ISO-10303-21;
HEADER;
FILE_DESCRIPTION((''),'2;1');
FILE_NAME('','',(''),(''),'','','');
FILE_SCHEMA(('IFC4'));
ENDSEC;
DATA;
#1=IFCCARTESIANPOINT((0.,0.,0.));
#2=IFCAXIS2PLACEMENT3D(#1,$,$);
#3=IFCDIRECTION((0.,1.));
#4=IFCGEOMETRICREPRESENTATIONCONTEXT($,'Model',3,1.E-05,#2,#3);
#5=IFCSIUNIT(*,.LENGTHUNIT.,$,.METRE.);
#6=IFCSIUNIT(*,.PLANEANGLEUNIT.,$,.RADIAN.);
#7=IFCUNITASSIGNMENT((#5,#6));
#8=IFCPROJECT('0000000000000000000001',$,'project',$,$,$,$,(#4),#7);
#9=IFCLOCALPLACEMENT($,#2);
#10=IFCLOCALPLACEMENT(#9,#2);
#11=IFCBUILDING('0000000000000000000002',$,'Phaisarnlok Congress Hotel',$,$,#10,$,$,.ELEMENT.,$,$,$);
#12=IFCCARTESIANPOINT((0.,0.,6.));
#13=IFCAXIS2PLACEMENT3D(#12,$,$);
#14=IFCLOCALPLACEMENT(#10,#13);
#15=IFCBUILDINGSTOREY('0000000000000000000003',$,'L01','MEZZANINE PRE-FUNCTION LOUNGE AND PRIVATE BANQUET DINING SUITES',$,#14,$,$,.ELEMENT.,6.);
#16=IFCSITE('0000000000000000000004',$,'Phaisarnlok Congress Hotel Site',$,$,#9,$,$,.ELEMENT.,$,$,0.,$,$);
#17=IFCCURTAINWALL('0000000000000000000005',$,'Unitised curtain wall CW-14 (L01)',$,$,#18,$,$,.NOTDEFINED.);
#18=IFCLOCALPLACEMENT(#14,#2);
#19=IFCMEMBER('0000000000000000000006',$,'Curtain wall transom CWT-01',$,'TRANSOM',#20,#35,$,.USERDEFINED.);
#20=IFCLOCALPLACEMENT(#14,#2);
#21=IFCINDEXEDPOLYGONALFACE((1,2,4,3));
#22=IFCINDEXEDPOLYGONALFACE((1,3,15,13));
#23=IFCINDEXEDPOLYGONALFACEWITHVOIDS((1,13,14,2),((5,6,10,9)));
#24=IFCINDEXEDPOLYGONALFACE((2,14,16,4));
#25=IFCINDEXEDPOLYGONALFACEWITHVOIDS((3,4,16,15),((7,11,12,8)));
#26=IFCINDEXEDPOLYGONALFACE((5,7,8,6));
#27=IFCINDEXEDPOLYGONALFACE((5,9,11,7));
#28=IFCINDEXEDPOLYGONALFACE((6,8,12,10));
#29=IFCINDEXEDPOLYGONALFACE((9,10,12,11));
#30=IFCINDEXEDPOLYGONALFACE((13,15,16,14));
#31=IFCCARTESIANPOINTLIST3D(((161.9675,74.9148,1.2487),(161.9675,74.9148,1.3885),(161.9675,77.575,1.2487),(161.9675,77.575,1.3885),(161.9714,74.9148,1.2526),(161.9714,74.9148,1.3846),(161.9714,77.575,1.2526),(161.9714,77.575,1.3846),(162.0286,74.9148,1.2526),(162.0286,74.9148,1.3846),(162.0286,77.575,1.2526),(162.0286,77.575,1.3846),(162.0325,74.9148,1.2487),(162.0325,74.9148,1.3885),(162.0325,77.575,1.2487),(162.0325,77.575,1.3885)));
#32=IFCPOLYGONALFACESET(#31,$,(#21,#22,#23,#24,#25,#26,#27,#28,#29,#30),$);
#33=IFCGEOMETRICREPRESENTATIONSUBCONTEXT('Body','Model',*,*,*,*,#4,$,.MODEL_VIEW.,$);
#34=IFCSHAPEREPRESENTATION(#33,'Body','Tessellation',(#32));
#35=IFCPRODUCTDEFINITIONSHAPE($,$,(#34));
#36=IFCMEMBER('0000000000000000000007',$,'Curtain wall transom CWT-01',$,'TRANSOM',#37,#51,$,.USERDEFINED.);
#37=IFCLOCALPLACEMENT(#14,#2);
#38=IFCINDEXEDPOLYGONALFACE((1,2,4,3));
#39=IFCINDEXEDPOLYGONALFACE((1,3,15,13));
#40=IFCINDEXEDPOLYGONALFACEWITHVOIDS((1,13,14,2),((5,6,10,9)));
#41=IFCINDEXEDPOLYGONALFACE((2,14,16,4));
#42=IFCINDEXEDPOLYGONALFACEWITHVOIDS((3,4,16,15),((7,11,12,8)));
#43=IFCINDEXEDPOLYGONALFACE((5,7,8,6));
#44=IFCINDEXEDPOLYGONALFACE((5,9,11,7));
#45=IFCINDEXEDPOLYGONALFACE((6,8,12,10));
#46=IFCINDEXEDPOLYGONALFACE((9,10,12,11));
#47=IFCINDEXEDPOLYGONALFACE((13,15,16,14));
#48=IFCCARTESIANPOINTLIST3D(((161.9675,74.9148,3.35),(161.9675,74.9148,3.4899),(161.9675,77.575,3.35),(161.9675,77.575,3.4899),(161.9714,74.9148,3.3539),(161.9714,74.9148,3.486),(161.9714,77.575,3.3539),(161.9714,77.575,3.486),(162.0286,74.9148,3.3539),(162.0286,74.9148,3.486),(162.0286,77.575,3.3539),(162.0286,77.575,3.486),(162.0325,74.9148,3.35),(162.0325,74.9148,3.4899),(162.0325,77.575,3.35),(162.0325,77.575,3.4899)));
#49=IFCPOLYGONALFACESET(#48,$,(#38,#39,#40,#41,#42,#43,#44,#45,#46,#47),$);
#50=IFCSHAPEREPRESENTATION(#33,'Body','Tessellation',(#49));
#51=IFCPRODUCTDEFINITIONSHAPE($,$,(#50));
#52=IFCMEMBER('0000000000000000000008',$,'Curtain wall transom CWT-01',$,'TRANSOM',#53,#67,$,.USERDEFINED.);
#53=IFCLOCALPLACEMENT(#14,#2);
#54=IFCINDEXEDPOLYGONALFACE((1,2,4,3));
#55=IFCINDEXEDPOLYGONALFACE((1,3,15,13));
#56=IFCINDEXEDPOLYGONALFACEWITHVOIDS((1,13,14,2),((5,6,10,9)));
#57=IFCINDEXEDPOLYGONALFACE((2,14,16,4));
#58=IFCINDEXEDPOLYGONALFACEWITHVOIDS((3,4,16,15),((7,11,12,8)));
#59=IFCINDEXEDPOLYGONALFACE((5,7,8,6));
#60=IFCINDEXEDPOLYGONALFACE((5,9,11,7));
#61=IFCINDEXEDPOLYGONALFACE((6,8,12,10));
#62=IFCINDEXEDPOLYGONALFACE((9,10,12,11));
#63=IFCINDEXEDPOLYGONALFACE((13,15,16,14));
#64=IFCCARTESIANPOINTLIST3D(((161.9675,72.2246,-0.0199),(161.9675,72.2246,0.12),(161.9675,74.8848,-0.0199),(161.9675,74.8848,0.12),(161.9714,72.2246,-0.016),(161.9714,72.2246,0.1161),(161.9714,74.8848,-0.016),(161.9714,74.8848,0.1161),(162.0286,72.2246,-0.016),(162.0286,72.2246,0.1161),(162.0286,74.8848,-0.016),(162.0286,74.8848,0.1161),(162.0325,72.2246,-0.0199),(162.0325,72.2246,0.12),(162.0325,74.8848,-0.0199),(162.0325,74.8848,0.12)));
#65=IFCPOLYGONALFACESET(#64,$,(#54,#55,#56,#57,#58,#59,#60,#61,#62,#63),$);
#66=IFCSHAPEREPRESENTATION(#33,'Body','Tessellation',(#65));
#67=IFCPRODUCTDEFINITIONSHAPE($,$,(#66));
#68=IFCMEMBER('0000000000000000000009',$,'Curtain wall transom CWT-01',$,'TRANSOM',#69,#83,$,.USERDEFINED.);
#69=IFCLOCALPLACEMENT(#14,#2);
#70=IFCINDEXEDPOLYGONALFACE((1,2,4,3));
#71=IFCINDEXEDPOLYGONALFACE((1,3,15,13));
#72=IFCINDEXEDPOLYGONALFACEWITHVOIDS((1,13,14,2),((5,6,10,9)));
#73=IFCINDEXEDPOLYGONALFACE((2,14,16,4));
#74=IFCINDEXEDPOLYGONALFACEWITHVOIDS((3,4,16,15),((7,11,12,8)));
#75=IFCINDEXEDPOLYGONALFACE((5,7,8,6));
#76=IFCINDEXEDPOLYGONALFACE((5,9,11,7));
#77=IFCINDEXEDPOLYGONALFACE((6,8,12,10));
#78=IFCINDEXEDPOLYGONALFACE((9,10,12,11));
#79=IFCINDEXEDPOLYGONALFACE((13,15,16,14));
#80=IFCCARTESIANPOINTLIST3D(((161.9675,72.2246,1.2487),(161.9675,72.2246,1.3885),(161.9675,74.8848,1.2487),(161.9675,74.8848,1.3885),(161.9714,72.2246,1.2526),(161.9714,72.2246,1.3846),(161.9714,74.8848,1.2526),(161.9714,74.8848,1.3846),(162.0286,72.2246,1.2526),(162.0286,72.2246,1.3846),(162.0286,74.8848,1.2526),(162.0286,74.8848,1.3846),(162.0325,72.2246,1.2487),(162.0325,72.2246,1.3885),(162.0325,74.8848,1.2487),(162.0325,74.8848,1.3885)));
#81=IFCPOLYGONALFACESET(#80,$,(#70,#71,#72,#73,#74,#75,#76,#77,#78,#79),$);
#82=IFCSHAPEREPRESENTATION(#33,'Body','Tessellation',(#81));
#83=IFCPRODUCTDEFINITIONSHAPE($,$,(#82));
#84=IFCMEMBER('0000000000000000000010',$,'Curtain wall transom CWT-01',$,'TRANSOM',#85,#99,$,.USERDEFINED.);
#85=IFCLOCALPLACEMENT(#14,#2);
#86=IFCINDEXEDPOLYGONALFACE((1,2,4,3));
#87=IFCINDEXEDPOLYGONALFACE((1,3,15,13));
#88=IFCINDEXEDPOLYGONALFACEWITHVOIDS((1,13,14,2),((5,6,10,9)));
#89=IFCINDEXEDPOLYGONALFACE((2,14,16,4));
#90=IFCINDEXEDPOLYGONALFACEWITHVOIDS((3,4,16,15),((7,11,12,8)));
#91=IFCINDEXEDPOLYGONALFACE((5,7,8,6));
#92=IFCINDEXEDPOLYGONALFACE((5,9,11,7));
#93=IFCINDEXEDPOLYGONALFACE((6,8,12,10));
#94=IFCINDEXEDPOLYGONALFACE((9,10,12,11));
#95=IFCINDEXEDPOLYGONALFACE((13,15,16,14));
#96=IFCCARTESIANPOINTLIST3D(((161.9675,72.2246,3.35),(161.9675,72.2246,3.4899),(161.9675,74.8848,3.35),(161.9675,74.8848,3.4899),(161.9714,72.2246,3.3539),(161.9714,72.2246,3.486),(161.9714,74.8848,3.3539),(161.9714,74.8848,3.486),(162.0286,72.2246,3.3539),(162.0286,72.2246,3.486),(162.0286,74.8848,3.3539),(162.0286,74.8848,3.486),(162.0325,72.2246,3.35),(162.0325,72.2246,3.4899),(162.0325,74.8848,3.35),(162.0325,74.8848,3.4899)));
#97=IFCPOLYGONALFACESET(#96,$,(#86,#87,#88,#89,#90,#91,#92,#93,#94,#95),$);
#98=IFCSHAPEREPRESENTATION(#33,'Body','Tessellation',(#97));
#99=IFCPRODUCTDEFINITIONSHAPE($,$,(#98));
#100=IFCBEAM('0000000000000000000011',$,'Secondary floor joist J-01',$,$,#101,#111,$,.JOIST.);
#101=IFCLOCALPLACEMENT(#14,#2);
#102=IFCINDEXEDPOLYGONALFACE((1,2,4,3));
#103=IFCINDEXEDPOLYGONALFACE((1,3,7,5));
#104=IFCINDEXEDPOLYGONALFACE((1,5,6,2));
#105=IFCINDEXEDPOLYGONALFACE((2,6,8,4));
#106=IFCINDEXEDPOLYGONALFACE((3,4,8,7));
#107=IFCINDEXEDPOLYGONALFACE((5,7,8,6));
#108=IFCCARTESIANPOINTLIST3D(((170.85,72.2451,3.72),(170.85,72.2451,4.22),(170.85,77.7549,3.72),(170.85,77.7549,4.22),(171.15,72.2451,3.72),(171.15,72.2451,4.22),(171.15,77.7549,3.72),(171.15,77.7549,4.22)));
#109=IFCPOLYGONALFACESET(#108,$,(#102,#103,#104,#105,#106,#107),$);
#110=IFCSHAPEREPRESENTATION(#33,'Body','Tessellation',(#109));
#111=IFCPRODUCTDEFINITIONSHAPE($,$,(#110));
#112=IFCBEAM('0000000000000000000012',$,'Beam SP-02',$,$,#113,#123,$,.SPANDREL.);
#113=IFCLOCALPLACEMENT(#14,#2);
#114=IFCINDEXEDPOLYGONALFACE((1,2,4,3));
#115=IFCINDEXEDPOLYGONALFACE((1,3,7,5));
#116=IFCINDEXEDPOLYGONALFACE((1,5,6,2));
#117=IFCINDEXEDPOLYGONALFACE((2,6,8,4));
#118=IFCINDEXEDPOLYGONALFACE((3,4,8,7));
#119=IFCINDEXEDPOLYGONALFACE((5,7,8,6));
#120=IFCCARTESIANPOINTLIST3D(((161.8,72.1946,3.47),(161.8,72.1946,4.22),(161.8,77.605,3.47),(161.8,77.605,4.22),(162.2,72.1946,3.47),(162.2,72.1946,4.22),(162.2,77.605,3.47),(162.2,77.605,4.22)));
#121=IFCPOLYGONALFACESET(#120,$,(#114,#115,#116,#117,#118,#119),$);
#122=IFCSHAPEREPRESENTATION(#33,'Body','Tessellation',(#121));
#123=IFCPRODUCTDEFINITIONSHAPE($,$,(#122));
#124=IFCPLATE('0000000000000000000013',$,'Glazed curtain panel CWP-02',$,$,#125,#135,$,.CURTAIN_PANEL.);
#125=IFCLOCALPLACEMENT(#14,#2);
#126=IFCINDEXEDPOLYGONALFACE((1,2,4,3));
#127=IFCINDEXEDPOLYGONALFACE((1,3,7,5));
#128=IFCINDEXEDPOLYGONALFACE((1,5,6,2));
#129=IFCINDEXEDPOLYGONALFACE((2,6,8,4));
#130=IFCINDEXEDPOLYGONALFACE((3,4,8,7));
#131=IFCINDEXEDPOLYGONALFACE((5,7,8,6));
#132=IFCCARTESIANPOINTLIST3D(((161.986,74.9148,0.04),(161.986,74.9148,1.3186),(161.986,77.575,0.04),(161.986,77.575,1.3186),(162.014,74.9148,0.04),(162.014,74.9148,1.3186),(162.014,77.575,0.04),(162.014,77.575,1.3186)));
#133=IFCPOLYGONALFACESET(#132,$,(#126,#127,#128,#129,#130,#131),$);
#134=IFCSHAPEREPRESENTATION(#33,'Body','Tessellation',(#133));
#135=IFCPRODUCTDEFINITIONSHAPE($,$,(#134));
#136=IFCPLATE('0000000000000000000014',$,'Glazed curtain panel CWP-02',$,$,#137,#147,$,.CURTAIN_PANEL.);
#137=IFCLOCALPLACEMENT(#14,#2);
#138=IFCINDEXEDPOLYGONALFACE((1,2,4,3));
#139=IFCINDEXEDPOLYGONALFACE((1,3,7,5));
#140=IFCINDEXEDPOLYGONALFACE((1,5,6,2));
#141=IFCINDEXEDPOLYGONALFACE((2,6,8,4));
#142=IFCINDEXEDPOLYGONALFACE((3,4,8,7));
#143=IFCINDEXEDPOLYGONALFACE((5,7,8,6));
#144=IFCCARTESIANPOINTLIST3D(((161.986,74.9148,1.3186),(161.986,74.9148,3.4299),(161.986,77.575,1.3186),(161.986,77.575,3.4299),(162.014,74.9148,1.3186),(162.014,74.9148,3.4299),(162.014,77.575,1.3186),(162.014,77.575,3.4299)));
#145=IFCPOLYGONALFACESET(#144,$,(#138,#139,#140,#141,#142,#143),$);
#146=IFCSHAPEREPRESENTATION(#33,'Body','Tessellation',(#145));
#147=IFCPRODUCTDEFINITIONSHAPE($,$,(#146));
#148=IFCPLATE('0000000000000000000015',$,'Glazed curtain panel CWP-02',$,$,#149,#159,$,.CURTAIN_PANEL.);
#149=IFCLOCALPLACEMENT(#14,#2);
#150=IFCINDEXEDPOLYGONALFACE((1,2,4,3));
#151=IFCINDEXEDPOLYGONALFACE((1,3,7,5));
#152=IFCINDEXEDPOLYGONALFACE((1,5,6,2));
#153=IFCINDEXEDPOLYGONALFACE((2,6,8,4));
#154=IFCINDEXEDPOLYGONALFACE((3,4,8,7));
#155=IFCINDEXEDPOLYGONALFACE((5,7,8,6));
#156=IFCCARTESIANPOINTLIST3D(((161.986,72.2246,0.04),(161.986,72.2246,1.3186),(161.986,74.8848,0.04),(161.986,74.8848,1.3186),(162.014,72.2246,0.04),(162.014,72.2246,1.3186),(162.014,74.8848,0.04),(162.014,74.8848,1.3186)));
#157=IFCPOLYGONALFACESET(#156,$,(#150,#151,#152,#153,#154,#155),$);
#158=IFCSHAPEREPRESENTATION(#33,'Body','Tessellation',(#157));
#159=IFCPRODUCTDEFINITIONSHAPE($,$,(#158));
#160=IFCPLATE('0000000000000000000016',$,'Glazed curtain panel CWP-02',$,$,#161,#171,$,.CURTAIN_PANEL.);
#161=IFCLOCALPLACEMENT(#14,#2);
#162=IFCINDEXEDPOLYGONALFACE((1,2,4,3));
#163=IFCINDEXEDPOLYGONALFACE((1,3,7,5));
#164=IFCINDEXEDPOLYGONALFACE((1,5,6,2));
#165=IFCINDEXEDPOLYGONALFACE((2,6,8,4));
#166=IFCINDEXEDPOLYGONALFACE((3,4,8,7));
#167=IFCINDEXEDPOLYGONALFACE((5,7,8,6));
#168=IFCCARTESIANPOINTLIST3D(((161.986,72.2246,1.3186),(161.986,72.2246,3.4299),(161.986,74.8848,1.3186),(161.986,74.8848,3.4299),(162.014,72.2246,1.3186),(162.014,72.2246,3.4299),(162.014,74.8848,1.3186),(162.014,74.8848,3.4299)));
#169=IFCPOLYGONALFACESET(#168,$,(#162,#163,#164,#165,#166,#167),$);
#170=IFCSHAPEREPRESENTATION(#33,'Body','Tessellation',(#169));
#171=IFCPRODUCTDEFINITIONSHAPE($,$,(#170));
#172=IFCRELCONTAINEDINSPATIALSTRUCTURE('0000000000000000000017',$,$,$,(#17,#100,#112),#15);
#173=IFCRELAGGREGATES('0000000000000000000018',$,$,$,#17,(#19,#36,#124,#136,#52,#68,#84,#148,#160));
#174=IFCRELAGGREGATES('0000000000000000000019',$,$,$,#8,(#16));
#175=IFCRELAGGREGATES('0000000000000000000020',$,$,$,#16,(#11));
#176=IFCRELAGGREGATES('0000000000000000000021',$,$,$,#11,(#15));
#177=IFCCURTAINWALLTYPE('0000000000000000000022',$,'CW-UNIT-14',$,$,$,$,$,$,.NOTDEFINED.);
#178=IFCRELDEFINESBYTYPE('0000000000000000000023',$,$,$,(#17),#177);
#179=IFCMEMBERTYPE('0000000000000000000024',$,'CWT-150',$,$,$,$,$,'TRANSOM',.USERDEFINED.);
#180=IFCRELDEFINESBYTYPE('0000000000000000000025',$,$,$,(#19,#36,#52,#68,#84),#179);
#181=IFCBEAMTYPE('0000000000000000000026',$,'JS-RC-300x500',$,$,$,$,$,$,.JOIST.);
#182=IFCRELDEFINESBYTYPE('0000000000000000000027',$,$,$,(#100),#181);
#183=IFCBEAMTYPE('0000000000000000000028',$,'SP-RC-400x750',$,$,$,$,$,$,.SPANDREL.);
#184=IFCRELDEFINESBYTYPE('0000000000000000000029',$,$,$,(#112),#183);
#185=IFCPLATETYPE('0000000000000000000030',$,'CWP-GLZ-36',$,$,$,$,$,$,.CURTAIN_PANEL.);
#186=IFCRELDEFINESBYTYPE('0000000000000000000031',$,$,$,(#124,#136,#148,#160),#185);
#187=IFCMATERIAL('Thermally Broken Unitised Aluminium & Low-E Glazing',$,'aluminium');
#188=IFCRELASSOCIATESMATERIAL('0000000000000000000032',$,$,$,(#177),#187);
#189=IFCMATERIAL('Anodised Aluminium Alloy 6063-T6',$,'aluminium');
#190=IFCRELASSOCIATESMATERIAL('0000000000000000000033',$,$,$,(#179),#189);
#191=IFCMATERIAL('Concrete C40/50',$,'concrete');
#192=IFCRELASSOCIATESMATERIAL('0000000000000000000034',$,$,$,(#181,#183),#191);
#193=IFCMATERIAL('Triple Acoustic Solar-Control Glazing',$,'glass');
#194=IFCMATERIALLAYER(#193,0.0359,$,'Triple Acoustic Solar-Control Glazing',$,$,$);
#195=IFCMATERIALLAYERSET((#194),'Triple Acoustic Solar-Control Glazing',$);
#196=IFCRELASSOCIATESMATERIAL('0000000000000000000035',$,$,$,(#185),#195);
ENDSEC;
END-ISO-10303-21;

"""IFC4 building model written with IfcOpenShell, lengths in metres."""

from ifc_helpers import new_model, si_unit, direction, frame, frame_2d, origin, origin_2d, place, context, subcontext, project, spatial, rectangle, hollow_rectangle, extrude, material, layer, layer_set, material_profile, profile_set, type_object, element, aggregate, save


model = new_model("IFC4")

# Units and contexts
model_context = context("Model", 3, precision=1e-05, world=origin(), true_north=direction((0.0, 1.0)))
body_context = subcontext(model_context, "Body", "Model", "MODEL_VIEW")
ifc_project = project(units=[si_unit("LENGTHUNIT", "METRE"), si_unit("PLANEANGLEUNIT", "RADIAN")], contexts=[model_context])

# Site, building, storey
site_placement = place(None, origin())
site = spatial("IfcSite", under=ifc_project, at=site_placement, Name="Phaisarnlok Congress Hotel Site", CompositionType="ELEMENT", RefElevation=0.0)
building_placement = place(site_placement, origin())
building = spatial("IfcBuilding", under=site, at=building_placement, Name="Phaisarnlok Congress Hotel", CompositionType="ELEMENT")
storey_placement = place(building_placement, frame((0.0, 0.0, 6.0)))
storey = spatial("IfcBuildingStorey", under=building, at=storey_placement, Name="L01", Description="MEZZANINE PRE-FUNCTION LOUNGE AND PRIVATE BANQUET DINING SUITES", CompositionType="ELEMENT", Elevation=6.0)

# Shared definitions
ifc_material_1 = material(Name="Concrete C40/50", Category="concrete")

# Curtain wall, members
ifc_material_2 = material(Name="Thermally Broken Unitised Aluminium & Low-E Glazing", Category="aluminium")
curtain_wall_type = type_object("IfcCurtainWallType", Name="CW-UNIT-14", PredefinedType="NOTDEFINED", material=ifc_material_2)
curtain_wall_placement = place(storey_placement, origin())
curtain_wall = element("IfcCurtainWall", 1, at=curtain_wall_placement, inside=storey, type_object=curtain_wall_type, Name="Unitised curtain wall CW-14 (L01)", PredefinedType="NOTDEFINED")
ifc_material_3 = material(Name="Anodised Aluminium Alloy 6063-T6", Category="aluminium")
ifc_material_profile_1 = material_profile(ifc_material_3, hollow_rectangle(XDim=0.0649, YDim=0.1399, WallThickness=0.0039, at=origin_2d()), Name="ALU-T 65x140x4")
ifc_profile_set_1 = profile_set([ifc_material_profile_1], Name="Anodised Aluminium Alloy 6063-T6")
member_type_1 = type_object("IfcMemberType", Name="CWT-150", ElementType="TRANSOM", PredefinedType="USERDEFINED", material=ifc_profile_set_1)
member_1_placement = place(storey_placement, frame((162.0, 77.575, 1.3186), z_axis=(0.0, -1.0, 0.0), x_axis=(1.0, 0.0, 0.0)))
member_1 = element("IfcMember", 2, at=member_1_placement, type_object=member_type_1, Name="Curtain wall transom CWT-01", ObjectType="TRANSOM", PredefinedType="USERDEFINED", context=body_context, shape_type="SweptSolid", body=[
    extrude(hollow_rectangle(XDim=0.0649, YDim=0.1399, WallThickness=0.0039, at=origin_2d()), origin(), (0.0, 0.0, 1.0), 2.6602),
])
member_2_placement = place(storey_placement, frame((162.0, 77.575, 3.4199), z_axis=(0.0, -1.0, 0.0), x_axis=(1.0, 0.0, 0.0)))
member_2 = element("IfcMember", 3, at=member_2_placement, type_object=member_type_1, Name="Curtain wall transom CWT-01", ObjectType="TRANSOM", PredefinedType="USERDEFINED", context=body_context, shape_type="SweptSolid", body=[
    extrude(hollow_rectangle(XDim=0.0649, YDim=0.1399, WallThickness=0.0039, at=origin_2d()), origin(), (0.0, 0.0, 1.0), 2.6602),
])
member_3_placement = place(storey_placement, frame((162.0, 74.8848, 0.05), z_axis=(0.0, -1.0, 0.0), x_axis=(1.0, 0.0, 0.0)))
member_3 = element("IfcMember", 4, at=member_3_placement, type_object=member_type_1, Name="Curtain wall transom CWT-01", ObjectType="TRANSOM", PredefinedType="USERDEFINED", context=body_context, shape_type="SweptSolid", body=[
    extrude(hollow_rectangle(XDim=0.0649, YDim=0.1399, WallThickness=0.0039, at=origin_2d()), origin(), (0.0, 0.0, 1.0), 2.6602),
])
member_4_placement = place(storey_placement, frame((162.0, 74.8848, 1.3186), z_axis=(0.0, -1.0, 0.0), x_axis=(1.0, 0.0, 0.0)))
member_4 = element("IfcMember", 5, at=member_4_placement, type_object=member_type_1, Name="Curtain wall transom CWT-01", ObjectType="TRANSOM", PredefinedType="USERDEFINED", context=body_context, shape_type="SweptSolid", body=[
    extrude(hollow_rectangle(XDim=0.0649, YDim=0.1399, WallThickness=0.0039, at=origin_2d()), origin(), (0.0, 0.0, 1.0), 2.6602),
])
member_5_placement = place(storey_placement, frame((162.0, 74.8848, 3.4199), z_axis=(0.0, -1.0, 0.0), x_axis=(1.0, 0.0, 0.0)))
member_5 = element("IfcMember", 6, at=member_5_placement, type_object=member_type_1, Name="Curtain wall transom CWT-01", ObjectType="TRANSOM", PredefinedType="USERDEFINED", context=body_context, shape_type="SweptSolid", body=[
    extrude(hollow_rectangle(XDim=0.0649, YDim=0.1399, WallThickness=0.0039, at=origin_2d()), origin(), (0.0, 0.0, 1.0), 2.6602),
])

# Beams
ifc_material_profile_2 = material_profile(ifc_material_1, rectangle(XDim=0.3, YDim=0.5, at=origin_2d()), Name="RC 300x500")
ifc_profile_set_2 = profile_set([ifc_material_profile_2], Name="Concrete C40/50")
beam_type_1 = type_object("IfcBeamType", Name="JS-RC-300x500", PredefinedType="JOIST", material=ifc_profile_set_2)
beam_1_placement = place(storey_placement, frame((171.0, 72.2451, 3.97), z_axis=(0.0, 1.0, 0.0), x_axis=(-1.0, 0.0, 0.0)))
element("IfcBeam", 7, at=beam_1_placement, inside=storey, type_object=beam_type_1, Name="Secondary floor joist J-01", PredefinedType="JOIST", context=body_context, shape_type="SweptSolid", body=[
    extrude(rectangle(XDim=0.3, YDim=0.5, at=origin_2d()), origin(), (0.0, 0.0, 1.0), 5.5098),
])
ifc_material_profile_3 = material_profile(ifc_material_1, rectangle(XDim=0.3999, YDim=0.75, at=origin_2d()), Name="RC 400x750")
ifc_profile_set_3 = profile_set([ifc_material_profile_3], Name="Concrete C40/50")
beam_type_2 = type_object("IfcBeamType", Name="SP-RC-400x750", PredefinedType="SPANDREL", material=ifc_profile_set_3)
beam_2_placement = place(storey_placement, frame((162.0, 72.1946, 3.845), z_axis=(0.0, 1.0, 0.0), x_axis=(-1.0, 0.0, 0.0)))
element("IfcBeam", 8, at=beam_2_placement, inside=storey, type_object=beam_type_2, Name="Beam SP-02", PredefinedType="SPANDREL", context=body_context, shape_type="SweptSolid", body=[
    extrude(rectangle(XDim=0.3999, YDim=0.75, at=origin_2d()), origin(), (0.0, 0.0, 1.0), 5.4104),
])

# Plates
ifc_material_4 = material(Name="Triple Acoustic Solar-Control Glazing", Category="glass")
ifc_layer_1 = layer(ifc_material_4, 0.0359, Name="Triple Acoustic Solar-Control Glazing")
ifc_layer_set_1 = layer_set([ifc_layer_1], Name="Triple Acoustic Solar-Control Glazing")
plate_type = type_object("IfcPlateType", Name="CWP-GLZ-36", PredefinedType="CURTAIN_PANEL", material=ifc_layer_set_1)
plate_1_placement = place(storey_placement, frame((162.0, 77.575, 0.04), z_axis=(0.0, 0.0, 1.0), x_axis=(0.0, -1.0, 0.0)))
plate_1 = element("IfcPlate", 9, at=plate_1_placement, type_object=plate_type, Name="Glazed curtain panel CWP-02", PredefinedType="CURTAIN_PANEL", context=body_context, shape_type="SweptSolid", body=[
    extrude(rectangle(XDim=2.6602, YDim=0.0281, at=frame_2d((1.3301, 0.0))), origin(), (0.0, 0.0, 1.0), 1.2786),
])
plate_2_placement = place(storey_placement, frame((162.0, 77.575, 1.3186), z_axis=(0.0, 0.0, 1.0), x_axis=(0.0, -1.0, 0.0)))
plate_2 = element("IfcPlate", 10, at=plate_2_placement, type_object=plate_type, Name="Glazed curtain panel CWP-02", PredefinedType="CURTAIN_PANEL", context=body_context, shape_type="SweptSolid", body=[
    extrude(rectangle(XDim=2.6602, YDim=0.0281, at=frame_2d((1.3301, 0.0))), origin(), (0.0, 0.0, 1.0), 2.1113),
])
plate_3_placement = place(storey_placement, frame((162.0, 74.8848, 0.04), z_axis=(0.0, 0.0, 1.0), x_axis=(0.0, -1.0, 0.0)))
plate_3 = element("IfcPlate", 11, at=plate_3_placement, type_object=plate_type, Name="Glazed curtain panel CWP-02", PredefinedType="CURTAIN_PANEL", context=body_context, shape_type="SweptSolid", body=[
    extrude(rectangle(XDim=2.6602, YDim=0.0281, at=frame_2d((1.3301, 0.0))), origin(), (0.0, 0.0, 1.0), 1.2786),
])
plate_4_placement = place(storey_placement, frame((162.0, 74.8848, 1.3186), z_axis=(0.0, 0.0, 1.0), x_axis=(0.0, -1.0, 0.0)))
plate_4 = element("IfcPlate", 12, at=plate_4_placement, type_object=plate_type, Name="Glazed curtain panel CWP-02", PredefinedType="CURTAIN_PANEL", context=body_context, shape_type="SweptSolid", body=[
    extrude(rectangle(XDim=2.6602, YDim=0.0281, at=frame_2d((1.3301, 0.0))), origin(), (0.0, 0.0, 1.0), 2.1113),
])
aggregate(curtain_wall, [member_1, member_2, plate_1, plate_2, member_3, member_4, member_5, plate_3, plate_4])

save(model, "model.ifc")
